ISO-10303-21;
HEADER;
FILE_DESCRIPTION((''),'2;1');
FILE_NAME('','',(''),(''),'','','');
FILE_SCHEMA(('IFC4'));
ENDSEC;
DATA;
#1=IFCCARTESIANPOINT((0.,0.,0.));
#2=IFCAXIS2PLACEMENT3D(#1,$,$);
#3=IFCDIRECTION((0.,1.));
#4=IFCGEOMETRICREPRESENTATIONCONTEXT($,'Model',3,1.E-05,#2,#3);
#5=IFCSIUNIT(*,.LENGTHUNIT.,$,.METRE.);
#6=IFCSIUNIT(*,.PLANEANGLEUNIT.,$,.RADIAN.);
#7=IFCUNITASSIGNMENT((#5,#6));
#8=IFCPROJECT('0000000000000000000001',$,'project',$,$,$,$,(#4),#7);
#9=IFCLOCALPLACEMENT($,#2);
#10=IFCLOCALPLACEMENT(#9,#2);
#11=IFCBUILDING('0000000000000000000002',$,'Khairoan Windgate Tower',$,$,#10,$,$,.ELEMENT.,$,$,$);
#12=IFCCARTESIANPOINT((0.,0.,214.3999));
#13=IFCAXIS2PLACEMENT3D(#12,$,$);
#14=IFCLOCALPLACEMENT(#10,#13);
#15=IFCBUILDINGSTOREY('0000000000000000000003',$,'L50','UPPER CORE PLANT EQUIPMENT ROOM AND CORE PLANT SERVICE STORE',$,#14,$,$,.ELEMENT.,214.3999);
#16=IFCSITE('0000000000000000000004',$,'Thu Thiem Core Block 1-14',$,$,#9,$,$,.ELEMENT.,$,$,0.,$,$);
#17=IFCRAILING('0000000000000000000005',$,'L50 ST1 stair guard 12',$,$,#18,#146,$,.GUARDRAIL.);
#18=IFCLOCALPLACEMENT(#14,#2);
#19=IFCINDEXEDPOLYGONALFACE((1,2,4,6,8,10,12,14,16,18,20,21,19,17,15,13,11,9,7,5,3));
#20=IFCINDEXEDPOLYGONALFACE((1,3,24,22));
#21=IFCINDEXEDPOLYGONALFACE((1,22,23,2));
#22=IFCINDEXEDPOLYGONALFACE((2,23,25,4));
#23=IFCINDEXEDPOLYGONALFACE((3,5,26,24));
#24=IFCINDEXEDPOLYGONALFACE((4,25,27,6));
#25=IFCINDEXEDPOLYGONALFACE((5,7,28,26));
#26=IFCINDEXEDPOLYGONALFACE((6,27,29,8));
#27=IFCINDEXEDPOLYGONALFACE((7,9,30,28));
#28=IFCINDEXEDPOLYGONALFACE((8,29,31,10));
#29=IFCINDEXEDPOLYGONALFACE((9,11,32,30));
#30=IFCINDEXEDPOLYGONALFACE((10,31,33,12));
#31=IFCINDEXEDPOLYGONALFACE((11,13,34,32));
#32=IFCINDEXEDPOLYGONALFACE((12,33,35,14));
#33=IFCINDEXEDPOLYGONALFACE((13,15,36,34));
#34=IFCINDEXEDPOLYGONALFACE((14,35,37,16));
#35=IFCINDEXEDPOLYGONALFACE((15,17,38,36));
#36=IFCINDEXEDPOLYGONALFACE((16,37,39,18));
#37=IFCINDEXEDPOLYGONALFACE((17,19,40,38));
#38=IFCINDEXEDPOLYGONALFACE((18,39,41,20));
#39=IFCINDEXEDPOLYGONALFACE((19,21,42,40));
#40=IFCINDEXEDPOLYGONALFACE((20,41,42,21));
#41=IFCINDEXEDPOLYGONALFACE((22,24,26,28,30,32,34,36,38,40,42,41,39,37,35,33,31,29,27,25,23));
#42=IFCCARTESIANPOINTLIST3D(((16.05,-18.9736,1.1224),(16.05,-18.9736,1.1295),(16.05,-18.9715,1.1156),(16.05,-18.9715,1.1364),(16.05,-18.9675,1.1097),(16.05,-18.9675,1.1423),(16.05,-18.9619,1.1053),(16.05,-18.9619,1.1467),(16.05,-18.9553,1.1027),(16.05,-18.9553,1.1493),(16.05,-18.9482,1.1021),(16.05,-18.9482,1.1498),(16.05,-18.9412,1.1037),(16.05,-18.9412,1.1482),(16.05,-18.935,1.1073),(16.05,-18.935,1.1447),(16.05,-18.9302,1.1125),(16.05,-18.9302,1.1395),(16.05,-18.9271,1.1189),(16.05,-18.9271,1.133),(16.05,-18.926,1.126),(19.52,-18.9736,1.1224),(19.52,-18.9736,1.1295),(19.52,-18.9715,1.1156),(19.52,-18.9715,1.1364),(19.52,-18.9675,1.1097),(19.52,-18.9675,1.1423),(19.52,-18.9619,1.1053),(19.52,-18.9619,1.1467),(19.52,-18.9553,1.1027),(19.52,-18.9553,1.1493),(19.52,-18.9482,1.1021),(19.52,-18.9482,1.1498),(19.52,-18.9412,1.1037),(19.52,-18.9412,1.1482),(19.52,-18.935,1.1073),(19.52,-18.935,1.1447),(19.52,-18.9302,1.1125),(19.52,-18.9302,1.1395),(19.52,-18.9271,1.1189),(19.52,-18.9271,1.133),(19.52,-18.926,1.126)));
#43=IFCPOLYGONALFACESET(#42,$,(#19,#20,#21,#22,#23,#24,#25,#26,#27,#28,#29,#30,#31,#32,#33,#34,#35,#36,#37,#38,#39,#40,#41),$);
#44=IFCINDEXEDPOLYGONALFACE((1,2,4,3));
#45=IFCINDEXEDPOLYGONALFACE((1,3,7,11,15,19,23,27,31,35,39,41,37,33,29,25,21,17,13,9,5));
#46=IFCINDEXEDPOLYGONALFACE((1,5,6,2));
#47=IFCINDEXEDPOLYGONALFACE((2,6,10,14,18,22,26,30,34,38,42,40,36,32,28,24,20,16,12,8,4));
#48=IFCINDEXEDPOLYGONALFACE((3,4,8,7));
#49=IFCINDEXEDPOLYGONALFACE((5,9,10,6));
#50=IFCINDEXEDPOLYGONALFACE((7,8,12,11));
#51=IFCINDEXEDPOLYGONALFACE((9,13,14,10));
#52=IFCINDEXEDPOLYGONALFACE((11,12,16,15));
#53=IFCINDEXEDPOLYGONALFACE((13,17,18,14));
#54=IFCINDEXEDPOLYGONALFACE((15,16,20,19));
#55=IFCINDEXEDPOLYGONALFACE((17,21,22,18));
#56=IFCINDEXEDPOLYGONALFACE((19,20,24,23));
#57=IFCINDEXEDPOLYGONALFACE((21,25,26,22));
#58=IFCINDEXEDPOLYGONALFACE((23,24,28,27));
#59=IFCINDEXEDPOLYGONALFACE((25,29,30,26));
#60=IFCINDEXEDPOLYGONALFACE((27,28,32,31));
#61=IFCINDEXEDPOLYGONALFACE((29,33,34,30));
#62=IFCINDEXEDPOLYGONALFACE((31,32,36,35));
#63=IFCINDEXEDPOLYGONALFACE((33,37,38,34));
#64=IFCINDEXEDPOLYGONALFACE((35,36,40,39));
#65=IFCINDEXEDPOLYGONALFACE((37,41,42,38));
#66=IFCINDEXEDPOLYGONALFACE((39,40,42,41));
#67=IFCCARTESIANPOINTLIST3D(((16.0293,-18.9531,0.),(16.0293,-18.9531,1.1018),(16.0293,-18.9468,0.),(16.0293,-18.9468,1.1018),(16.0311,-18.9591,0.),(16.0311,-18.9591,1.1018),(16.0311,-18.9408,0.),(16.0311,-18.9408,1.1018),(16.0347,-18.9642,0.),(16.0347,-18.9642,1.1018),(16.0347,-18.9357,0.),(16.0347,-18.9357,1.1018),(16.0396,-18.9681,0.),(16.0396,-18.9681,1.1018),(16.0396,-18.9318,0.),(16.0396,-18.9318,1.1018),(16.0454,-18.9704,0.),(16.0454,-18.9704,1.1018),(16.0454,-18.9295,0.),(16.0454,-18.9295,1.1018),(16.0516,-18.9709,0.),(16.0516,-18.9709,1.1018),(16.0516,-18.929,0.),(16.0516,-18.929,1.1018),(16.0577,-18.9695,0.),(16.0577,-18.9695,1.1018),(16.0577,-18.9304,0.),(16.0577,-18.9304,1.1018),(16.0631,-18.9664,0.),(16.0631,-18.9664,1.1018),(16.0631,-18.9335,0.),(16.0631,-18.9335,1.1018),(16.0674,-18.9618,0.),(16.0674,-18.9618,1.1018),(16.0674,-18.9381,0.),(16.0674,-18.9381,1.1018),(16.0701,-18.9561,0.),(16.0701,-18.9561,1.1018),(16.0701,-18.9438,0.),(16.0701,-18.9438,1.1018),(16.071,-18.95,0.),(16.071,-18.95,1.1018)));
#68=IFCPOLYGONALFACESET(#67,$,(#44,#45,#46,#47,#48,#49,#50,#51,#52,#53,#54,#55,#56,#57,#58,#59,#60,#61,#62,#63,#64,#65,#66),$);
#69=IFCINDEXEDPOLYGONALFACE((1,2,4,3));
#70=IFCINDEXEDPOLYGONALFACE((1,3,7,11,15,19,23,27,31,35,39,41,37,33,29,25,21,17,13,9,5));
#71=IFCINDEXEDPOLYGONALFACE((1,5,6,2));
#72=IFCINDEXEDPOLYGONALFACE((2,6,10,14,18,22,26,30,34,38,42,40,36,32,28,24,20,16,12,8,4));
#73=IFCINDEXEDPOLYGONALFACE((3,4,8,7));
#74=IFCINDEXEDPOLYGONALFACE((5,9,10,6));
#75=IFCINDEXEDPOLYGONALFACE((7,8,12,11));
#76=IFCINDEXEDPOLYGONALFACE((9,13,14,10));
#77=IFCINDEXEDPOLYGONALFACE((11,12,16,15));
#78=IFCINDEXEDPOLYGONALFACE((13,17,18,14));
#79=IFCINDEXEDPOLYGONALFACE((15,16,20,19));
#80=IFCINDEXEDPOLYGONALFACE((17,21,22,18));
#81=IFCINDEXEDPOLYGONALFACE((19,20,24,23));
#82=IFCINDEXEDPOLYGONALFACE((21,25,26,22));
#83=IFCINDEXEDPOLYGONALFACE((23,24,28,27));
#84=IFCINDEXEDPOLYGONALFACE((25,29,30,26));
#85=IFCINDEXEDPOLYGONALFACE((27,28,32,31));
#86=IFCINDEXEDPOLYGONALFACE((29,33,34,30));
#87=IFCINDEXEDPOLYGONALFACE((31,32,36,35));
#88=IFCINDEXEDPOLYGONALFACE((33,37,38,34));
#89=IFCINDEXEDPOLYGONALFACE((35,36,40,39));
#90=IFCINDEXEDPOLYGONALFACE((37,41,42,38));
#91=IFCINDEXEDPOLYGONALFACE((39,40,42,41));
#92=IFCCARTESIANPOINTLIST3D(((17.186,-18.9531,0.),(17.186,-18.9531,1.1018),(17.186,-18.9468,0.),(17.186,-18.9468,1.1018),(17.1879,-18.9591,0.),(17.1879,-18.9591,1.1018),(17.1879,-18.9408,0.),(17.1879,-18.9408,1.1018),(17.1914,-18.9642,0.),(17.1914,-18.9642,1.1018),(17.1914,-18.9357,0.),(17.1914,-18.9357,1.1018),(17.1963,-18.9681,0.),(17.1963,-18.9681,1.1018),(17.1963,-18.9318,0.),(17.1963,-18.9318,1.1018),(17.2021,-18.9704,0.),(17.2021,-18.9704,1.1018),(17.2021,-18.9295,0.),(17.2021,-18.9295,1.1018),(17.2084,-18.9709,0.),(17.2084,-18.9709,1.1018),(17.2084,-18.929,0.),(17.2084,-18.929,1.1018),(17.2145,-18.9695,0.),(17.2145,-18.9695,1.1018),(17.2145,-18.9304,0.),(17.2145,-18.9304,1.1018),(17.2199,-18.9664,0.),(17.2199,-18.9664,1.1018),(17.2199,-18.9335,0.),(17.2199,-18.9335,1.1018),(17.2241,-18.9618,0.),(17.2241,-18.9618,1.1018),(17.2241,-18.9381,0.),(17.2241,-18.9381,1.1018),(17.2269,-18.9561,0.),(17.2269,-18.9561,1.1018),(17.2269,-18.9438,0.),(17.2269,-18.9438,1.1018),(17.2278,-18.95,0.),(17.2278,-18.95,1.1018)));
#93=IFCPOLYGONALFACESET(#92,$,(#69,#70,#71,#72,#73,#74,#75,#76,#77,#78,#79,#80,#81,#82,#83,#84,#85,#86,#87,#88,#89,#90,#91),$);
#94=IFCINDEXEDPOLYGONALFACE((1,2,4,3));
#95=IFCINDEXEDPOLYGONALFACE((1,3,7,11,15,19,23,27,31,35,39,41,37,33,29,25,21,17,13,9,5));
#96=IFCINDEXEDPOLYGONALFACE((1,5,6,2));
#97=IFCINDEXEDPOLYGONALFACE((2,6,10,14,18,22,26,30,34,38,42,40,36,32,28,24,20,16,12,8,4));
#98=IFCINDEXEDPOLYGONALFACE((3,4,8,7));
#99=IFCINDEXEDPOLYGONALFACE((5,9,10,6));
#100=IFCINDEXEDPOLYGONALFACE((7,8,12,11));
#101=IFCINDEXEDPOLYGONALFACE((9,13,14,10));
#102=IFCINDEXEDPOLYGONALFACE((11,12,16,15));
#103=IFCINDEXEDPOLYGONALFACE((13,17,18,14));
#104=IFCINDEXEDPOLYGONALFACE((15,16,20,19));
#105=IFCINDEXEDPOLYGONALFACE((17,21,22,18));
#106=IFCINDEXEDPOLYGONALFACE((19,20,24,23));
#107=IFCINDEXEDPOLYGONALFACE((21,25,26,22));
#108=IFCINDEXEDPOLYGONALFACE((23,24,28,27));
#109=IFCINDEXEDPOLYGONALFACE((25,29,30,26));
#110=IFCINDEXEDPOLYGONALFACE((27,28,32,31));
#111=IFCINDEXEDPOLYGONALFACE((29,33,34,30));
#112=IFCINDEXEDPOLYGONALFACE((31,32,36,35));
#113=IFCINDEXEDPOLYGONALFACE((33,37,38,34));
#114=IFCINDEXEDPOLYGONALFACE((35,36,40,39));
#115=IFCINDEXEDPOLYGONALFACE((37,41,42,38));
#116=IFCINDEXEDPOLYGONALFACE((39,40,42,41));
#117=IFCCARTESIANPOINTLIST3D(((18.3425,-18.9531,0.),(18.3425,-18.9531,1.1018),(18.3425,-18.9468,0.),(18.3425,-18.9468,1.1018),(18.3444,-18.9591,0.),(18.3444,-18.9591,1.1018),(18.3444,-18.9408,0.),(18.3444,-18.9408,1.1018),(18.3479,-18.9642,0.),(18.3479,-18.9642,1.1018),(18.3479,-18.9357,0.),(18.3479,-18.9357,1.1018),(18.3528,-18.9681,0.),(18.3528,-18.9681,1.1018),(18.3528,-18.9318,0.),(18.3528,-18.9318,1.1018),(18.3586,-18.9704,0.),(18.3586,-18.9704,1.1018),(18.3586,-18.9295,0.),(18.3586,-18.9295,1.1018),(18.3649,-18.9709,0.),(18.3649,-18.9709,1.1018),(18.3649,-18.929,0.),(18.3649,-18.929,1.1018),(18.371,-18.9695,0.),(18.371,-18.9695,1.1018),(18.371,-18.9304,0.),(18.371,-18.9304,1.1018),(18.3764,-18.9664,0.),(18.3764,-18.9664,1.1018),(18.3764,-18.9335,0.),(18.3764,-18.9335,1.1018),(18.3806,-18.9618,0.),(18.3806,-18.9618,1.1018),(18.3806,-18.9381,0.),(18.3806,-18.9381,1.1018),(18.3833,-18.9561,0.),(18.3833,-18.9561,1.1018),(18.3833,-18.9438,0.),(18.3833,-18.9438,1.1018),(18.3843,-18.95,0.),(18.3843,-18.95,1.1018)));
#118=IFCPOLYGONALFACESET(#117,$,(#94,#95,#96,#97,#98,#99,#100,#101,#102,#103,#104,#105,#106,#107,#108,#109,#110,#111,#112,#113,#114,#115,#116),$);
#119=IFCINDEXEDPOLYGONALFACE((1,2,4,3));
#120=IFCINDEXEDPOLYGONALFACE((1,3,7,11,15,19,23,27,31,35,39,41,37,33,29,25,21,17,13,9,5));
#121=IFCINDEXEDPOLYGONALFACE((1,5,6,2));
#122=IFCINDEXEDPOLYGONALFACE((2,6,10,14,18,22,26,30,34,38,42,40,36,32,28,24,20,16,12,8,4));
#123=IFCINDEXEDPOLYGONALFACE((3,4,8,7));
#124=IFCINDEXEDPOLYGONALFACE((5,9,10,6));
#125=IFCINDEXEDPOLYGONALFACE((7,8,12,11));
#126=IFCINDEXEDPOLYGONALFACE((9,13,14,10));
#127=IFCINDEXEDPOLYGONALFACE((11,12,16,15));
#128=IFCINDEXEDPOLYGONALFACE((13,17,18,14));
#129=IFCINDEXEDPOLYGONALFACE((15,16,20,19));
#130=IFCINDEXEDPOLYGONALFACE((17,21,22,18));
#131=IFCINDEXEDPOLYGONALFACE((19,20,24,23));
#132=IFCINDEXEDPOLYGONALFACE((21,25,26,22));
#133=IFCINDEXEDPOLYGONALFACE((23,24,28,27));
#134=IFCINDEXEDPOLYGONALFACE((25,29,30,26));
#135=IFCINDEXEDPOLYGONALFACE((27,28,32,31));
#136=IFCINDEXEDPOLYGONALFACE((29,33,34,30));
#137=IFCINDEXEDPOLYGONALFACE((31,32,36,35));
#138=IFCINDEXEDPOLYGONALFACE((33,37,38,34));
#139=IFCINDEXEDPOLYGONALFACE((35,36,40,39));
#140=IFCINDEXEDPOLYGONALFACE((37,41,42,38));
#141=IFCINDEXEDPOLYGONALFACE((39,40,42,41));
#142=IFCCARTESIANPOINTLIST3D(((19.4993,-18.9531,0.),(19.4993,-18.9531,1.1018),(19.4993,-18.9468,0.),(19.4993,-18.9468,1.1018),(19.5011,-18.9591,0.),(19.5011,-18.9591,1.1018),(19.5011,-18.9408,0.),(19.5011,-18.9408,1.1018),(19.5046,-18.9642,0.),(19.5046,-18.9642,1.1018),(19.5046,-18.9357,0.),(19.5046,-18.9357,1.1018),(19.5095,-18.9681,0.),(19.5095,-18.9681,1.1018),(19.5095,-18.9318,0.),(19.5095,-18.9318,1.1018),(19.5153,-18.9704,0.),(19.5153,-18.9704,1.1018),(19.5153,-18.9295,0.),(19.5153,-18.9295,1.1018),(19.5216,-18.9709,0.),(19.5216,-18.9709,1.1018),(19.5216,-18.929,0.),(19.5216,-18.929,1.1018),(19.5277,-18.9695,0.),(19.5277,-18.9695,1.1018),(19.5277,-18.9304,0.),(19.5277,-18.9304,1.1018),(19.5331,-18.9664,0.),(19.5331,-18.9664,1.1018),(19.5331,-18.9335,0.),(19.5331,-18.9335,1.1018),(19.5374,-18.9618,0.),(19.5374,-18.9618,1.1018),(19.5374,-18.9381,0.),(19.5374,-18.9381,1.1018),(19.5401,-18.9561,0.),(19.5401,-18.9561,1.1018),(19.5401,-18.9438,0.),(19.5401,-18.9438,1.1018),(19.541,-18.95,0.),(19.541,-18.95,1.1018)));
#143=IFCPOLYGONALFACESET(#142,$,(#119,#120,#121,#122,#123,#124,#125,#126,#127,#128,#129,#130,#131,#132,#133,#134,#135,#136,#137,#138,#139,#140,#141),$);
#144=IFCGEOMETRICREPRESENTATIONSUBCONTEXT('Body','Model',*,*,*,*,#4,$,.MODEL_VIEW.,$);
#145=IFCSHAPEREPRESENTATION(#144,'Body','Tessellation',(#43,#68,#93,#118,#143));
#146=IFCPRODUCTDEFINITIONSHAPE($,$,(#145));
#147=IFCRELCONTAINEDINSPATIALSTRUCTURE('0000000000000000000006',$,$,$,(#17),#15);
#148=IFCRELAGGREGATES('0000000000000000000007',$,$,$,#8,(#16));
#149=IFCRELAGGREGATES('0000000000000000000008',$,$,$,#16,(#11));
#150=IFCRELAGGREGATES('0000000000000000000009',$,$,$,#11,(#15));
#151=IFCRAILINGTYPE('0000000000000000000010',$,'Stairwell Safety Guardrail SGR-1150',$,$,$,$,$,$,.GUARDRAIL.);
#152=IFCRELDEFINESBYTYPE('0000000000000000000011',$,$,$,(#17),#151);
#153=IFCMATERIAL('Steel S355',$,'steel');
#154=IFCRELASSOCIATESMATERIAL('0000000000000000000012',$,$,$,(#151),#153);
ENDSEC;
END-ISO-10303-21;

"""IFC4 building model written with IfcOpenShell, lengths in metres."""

from ifc_helpers import new_model, si_unit, direction, frame, origin, origin_2d, place, context, subcontext, project, spatial, circle, extrude, material, type_object, element, save


model = new_model("IFC4")

# Units and contexts
model_context = context("Model", 3, precision=1e-05, world=origin(), true_north=direction((0.0, 1.0)))
body_context = subcontext(model_context, "Body", "Model", "MODEL_VIEW")
ifc_project = project(units=[si_unit("LENGTHUNIT", "METRE"), si_unit("PLANEANGLEUNIT", "RADIAN")], contexts=[model_context])

# Site, building, storey
site_placement = place(None, origin())
site = spatial("IfcSite", under=ifc_project, at=site_placement, Name="Thu Thiem Core Block 1-14", CompositionType="ELEMENT", RefElevation=0.0)
building_placement = place(site_placement, origin())
building = spatial("IfcBuilding", under=site, at=building_placement, Name="Khairoan Windgate Tower", CompositionType="ELEMENT")
storey_placement = place(building_placement, frame((0.0, 0.0, 214.3999)))
storey = spatial("IfcBuildingStorey", under=building, at=storey_placement, Name="L50", Description="UPPER CORE PLANT EQUIPMENT ROOM AND CORE PLANT SERVICE STORE", CompositionType="ELEMENT", Elevation=214.3999)

# Railing
ifc_material_1 = material(Name="Steel S355", Category="steel")
railing_type_1 = type_object("IfcRailingType", Name="Stairwell Safety Guardrail SGR-1150", PredefinedType="GUARDRAIL", material=ifc_material_1)
railing_1_placement = place(storey_placement, frame((16.05, -18.95, 0.0)))
element("IfcRailing", 1, at=railing_1_placement, inside=storey, type_object=railing_type_1, Name="L50 ST1 stair guard 12", PredefinedType="GUARDRAIL", context=body_context, shape_type="SweptSolid", body=[
    extrude(circle(Radius=0.0239, at=origin_2d()), frame((0.0, 0.0, 1.126), z_axis=(1.0, 0.0, 0.0), x_axis=(0.0, 1.0, 0.0)), (0.0, 0.0, 1.0), 3.47),
    extrude(circle(Radius=0.021, at=origin_2d()), origin(), (0.0, 0.0, 1.0), 1.1018),
    extrude(circle(Radius=0.021, at=origin_2d()), frame((1.1567, 0.0, 0.0)), (0.0, 0.0, 1.0), 1.1018),
    extrude(circle(Radius=0.021, at=origin_2d()), frame((2.3132, 0.0, 0.0)), (0.0, 0.0, 1.0), 1.1018),
    extrude(circle(Radius=0.021, at=origin_2d()), frame((3.47, 0.0, 0.0)), (0.0, 0.0, 1.0), 1.1018),
])

save(model, "model.ifc")
